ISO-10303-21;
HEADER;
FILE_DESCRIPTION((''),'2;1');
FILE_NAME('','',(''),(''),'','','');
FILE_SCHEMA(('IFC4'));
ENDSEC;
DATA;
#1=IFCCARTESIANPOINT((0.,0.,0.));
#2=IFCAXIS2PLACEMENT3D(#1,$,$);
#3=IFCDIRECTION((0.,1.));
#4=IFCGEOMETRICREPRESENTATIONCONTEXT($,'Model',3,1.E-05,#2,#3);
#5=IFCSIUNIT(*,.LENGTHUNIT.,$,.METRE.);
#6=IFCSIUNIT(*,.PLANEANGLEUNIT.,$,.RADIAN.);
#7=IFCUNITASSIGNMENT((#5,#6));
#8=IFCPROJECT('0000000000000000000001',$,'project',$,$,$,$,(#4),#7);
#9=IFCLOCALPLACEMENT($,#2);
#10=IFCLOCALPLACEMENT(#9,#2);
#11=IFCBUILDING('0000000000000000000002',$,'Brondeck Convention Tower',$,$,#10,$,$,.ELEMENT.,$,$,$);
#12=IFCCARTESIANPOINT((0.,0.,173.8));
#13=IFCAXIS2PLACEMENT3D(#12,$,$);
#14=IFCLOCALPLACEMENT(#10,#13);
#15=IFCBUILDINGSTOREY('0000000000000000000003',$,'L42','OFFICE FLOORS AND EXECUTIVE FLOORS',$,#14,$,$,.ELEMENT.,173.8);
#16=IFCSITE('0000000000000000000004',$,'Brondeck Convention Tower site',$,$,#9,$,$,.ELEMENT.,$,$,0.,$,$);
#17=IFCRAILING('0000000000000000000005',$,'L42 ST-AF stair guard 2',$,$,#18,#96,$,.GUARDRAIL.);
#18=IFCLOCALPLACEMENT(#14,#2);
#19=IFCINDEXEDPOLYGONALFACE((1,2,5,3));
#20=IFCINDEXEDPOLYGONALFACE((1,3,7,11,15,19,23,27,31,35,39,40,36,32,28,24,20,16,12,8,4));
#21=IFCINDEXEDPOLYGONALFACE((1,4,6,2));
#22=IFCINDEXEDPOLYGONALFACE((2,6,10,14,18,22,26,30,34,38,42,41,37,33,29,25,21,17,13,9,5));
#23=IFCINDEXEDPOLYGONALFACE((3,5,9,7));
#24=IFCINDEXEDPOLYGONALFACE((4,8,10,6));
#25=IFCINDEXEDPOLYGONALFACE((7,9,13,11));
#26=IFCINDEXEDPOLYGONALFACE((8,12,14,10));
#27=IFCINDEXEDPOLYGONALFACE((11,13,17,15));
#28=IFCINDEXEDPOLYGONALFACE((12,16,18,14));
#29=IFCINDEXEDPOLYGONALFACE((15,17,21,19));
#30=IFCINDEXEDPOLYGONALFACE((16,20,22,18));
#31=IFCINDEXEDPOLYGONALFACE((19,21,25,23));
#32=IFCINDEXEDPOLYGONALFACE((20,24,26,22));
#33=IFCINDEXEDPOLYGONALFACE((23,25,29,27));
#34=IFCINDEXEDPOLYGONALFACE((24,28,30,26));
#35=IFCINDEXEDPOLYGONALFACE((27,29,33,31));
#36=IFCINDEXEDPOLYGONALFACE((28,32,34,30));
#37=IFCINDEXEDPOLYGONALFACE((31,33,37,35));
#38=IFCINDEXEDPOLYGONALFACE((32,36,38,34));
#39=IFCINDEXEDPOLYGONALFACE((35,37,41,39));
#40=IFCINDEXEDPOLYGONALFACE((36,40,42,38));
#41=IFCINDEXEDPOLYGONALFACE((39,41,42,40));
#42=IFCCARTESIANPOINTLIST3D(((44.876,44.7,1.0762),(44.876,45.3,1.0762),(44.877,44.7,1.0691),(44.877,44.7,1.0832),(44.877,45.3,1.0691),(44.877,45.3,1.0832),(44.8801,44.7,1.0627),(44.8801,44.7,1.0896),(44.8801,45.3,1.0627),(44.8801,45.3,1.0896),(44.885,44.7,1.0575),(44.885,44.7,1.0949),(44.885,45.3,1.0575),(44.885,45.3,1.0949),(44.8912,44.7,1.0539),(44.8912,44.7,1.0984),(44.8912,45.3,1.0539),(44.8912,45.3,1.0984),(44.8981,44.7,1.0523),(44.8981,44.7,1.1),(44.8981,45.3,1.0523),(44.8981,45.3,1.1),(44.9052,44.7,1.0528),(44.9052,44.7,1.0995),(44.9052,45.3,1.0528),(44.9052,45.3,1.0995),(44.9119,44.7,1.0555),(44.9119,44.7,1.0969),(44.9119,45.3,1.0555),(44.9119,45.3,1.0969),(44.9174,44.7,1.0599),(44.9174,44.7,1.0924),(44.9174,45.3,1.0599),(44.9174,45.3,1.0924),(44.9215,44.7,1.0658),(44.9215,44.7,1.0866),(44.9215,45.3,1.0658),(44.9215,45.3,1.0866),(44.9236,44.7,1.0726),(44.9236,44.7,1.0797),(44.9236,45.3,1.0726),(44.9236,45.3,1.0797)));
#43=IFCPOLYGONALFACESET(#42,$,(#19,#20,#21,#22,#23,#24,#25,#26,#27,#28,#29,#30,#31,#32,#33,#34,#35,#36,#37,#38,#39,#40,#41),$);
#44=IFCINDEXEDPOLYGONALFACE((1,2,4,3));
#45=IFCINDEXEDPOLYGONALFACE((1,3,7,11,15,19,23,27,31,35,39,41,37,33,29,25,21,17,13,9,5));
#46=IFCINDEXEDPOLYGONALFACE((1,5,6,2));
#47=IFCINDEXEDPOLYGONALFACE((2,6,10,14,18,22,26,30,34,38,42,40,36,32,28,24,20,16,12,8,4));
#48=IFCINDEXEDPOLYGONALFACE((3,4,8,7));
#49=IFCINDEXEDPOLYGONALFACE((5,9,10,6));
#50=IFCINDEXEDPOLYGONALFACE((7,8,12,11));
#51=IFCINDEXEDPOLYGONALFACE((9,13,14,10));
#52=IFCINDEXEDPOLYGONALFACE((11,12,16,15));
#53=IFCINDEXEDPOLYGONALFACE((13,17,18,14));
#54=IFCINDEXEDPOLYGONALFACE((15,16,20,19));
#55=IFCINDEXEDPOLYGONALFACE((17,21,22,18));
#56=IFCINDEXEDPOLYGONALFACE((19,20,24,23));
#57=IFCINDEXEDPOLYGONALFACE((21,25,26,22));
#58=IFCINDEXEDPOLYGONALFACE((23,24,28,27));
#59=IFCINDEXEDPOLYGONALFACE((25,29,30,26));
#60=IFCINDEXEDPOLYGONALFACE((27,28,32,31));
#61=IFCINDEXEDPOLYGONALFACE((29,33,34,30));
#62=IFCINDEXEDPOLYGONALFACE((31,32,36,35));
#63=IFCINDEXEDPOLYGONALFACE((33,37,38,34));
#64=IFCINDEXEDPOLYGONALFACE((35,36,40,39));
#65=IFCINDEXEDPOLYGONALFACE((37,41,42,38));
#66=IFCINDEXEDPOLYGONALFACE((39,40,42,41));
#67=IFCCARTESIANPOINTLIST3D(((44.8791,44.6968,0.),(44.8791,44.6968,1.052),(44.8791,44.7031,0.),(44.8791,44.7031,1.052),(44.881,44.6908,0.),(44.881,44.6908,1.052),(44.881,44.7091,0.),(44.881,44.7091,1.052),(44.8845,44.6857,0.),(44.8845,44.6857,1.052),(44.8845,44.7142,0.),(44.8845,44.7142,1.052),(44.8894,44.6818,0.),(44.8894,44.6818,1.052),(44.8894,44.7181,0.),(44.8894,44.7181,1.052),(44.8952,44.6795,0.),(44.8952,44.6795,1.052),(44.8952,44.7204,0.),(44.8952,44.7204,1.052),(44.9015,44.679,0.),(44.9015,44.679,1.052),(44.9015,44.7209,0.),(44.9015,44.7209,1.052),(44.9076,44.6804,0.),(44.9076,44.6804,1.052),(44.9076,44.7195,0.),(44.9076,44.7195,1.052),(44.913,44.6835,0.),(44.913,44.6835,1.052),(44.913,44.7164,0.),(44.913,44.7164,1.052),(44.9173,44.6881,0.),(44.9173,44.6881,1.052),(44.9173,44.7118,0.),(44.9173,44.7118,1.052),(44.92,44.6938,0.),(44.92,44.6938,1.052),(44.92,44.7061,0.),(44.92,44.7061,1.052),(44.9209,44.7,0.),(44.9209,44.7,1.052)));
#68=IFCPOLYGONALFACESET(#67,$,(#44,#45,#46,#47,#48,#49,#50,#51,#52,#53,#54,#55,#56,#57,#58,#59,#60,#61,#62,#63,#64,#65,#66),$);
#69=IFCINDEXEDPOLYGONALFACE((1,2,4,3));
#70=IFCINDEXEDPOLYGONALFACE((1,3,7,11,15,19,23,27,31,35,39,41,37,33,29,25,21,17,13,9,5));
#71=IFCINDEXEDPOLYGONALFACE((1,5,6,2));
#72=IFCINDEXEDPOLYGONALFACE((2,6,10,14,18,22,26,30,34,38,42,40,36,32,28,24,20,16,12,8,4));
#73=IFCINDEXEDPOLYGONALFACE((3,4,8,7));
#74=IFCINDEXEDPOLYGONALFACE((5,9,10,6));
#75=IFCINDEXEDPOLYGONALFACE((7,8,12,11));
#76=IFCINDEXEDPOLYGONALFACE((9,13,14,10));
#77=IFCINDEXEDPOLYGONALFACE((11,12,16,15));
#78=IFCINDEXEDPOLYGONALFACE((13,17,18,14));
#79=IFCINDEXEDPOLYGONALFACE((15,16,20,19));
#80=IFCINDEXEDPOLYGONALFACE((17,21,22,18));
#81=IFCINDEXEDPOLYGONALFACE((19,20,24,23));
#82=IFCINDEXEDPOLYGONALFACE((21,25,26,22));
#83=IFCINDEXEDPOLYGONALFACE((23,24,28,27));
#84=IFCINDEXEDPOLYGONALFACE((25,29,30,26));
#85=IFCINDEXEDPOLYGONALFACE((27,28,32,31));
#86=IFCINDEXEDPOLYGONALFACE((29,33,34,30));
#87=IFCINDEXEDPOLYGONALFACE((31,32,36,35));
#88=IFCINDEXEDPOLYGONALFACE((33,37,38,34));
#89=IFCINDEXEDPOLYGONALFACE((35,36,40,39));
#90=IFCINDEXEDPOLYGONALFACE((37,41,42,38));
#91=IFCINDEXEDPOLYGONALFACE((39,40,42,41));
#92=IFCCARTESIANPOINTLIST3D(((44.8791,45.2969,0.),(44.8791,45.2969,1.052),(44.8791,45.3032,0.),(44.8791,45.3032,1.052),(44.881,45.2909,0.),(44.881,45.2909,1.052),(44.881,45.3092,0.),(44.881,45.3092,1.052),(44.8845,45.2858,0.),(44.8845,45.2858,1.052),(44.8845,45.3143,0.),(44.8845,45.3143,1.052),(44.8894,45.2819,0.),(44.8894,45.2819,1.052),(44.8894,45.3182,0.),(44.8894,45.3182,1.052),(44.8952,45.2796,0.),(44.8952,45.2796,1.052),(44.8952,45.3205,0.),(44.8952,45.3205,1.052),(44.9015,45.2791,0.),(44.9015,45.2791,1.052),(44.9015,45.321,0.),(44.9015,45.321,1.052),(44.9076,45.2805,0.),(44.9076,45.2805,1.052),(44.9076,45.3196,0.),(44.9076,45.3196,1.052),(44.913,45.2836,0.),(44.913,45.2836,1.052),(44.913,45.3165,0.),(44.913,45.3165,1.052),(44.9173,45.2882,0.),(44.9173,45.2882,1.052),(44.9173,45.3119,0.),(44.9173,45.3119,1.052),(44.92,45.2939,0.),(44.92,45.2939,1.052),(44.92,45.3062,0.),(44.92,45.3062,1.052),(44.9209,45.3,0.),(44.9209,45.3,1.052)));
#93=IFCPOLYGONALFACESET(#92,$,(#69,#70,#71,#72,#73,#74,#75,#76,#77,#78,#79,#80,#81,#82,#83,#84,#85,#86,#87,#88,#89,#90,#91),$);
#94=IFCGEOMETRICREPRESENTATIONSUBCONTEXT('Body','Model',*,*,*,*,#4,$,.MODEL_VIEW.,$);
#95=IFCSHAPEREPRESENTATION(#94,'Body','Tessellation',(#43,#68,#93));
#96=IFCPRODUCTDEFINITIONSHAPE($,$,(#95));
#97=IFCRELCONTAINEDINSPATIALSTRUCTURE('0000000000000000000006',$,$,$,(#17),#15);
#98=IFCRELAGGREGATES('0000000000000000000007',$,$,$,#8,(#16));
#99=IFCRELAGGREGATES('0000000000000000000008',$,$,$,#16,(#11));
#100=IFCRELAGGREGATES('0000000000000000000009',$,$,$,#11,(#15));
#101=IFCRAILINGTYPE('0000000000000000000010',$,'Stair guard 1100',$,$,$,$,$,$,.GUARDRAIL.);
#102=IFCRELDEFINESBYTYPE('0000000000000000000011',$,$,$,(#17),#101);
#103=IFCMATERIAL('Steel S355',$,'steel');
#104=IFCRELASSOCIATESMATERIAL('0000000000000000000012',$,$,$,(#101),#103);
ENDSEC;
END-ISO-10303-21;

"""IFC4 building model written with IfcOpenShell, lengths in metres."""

from ifc_helpers import new_model, si_unit, direction, frame, origin, origin_2d, place, context, subcontext, project, spatial, circle, extrude, material, type_object, element, save


model = new_model("IFC4")

# Units and contexts
model_context = context("Model", 3, precision=1e-05, world=origin(), true_north=direction((0.0, 1.0)))
body_context = subcontext(model_context, "Body", "Model", "MODEL_VIEW")
ifc_project = project(units=[si_unit("LENGTHUNIT", "METRE"), si_unit("PLANEANGLEUNIT", "RADIAN")], contexts=[model_context])

# Site, building, storey
site_placement = place(None, origin())
site = spatial("IfcSite", under=ifc_project, at=site_placement, Name="Brondeck Convention Tower site", CompositionType="ELEMENT", RefElevation=0.0)
building_placement = place(site_placement, origin())
building = spatial("IfcBuilding", under=site, at=building_placement, Name="Brondeck Convention Tower", CompositionType="ELEMENT")
storey_placement = place(building_placement, frame((0.0, 0.0, 173.8)))
storey = spatial("IfcBuildingStorey", under=building, at=storey_placement, Name="L42", Description="OFFICE FLOORS AND EXECUTIVE FLOORS", CompositionType="ELEMENT", Elevation=173.8)

# Shared definitions
ifc_material_1 = material(Name="Steel S355", Category="steel")

# Railing
railing_type_1 = type_object("IfcRailingType", Name="Stair guard 1100", PredefinedType="GUARDRAIL", material=ifc_material_1)
railing_1_placement = place(storey_placement, frame((44.8999, 44.7, 0.0)))
element("IfcRailing", 1, at=railing_1_placement, inside=storey, type_object=railing_type_1, Name="L42 ST-AF stair guard 2", PredefinedType="GUARDRAIL", context=body_context, shape_type="SweptSolid", body=[
    extrude(circle(Radius=0.0239, at=origin_2d()), frame((0.0, 0.0, 1.0762), z_axis=(0.0, 1.0, 0.0), x_axis=(-1.0, 0.0, 0.0)), (0.0, 0.0, 1.0), 0.6001),
    extrude(circle(Radius=0.021, at=origin_2d()), origin(), (0.0, 0.0, 1.0), 1.052),
    extrude(circle(Radius=0.021, at=origin_2d()), frame((0.0, 0.6001, 0.0)), (0.0, 0.0, 1.0), 1.052),
])

save(model, "model.ifc")
